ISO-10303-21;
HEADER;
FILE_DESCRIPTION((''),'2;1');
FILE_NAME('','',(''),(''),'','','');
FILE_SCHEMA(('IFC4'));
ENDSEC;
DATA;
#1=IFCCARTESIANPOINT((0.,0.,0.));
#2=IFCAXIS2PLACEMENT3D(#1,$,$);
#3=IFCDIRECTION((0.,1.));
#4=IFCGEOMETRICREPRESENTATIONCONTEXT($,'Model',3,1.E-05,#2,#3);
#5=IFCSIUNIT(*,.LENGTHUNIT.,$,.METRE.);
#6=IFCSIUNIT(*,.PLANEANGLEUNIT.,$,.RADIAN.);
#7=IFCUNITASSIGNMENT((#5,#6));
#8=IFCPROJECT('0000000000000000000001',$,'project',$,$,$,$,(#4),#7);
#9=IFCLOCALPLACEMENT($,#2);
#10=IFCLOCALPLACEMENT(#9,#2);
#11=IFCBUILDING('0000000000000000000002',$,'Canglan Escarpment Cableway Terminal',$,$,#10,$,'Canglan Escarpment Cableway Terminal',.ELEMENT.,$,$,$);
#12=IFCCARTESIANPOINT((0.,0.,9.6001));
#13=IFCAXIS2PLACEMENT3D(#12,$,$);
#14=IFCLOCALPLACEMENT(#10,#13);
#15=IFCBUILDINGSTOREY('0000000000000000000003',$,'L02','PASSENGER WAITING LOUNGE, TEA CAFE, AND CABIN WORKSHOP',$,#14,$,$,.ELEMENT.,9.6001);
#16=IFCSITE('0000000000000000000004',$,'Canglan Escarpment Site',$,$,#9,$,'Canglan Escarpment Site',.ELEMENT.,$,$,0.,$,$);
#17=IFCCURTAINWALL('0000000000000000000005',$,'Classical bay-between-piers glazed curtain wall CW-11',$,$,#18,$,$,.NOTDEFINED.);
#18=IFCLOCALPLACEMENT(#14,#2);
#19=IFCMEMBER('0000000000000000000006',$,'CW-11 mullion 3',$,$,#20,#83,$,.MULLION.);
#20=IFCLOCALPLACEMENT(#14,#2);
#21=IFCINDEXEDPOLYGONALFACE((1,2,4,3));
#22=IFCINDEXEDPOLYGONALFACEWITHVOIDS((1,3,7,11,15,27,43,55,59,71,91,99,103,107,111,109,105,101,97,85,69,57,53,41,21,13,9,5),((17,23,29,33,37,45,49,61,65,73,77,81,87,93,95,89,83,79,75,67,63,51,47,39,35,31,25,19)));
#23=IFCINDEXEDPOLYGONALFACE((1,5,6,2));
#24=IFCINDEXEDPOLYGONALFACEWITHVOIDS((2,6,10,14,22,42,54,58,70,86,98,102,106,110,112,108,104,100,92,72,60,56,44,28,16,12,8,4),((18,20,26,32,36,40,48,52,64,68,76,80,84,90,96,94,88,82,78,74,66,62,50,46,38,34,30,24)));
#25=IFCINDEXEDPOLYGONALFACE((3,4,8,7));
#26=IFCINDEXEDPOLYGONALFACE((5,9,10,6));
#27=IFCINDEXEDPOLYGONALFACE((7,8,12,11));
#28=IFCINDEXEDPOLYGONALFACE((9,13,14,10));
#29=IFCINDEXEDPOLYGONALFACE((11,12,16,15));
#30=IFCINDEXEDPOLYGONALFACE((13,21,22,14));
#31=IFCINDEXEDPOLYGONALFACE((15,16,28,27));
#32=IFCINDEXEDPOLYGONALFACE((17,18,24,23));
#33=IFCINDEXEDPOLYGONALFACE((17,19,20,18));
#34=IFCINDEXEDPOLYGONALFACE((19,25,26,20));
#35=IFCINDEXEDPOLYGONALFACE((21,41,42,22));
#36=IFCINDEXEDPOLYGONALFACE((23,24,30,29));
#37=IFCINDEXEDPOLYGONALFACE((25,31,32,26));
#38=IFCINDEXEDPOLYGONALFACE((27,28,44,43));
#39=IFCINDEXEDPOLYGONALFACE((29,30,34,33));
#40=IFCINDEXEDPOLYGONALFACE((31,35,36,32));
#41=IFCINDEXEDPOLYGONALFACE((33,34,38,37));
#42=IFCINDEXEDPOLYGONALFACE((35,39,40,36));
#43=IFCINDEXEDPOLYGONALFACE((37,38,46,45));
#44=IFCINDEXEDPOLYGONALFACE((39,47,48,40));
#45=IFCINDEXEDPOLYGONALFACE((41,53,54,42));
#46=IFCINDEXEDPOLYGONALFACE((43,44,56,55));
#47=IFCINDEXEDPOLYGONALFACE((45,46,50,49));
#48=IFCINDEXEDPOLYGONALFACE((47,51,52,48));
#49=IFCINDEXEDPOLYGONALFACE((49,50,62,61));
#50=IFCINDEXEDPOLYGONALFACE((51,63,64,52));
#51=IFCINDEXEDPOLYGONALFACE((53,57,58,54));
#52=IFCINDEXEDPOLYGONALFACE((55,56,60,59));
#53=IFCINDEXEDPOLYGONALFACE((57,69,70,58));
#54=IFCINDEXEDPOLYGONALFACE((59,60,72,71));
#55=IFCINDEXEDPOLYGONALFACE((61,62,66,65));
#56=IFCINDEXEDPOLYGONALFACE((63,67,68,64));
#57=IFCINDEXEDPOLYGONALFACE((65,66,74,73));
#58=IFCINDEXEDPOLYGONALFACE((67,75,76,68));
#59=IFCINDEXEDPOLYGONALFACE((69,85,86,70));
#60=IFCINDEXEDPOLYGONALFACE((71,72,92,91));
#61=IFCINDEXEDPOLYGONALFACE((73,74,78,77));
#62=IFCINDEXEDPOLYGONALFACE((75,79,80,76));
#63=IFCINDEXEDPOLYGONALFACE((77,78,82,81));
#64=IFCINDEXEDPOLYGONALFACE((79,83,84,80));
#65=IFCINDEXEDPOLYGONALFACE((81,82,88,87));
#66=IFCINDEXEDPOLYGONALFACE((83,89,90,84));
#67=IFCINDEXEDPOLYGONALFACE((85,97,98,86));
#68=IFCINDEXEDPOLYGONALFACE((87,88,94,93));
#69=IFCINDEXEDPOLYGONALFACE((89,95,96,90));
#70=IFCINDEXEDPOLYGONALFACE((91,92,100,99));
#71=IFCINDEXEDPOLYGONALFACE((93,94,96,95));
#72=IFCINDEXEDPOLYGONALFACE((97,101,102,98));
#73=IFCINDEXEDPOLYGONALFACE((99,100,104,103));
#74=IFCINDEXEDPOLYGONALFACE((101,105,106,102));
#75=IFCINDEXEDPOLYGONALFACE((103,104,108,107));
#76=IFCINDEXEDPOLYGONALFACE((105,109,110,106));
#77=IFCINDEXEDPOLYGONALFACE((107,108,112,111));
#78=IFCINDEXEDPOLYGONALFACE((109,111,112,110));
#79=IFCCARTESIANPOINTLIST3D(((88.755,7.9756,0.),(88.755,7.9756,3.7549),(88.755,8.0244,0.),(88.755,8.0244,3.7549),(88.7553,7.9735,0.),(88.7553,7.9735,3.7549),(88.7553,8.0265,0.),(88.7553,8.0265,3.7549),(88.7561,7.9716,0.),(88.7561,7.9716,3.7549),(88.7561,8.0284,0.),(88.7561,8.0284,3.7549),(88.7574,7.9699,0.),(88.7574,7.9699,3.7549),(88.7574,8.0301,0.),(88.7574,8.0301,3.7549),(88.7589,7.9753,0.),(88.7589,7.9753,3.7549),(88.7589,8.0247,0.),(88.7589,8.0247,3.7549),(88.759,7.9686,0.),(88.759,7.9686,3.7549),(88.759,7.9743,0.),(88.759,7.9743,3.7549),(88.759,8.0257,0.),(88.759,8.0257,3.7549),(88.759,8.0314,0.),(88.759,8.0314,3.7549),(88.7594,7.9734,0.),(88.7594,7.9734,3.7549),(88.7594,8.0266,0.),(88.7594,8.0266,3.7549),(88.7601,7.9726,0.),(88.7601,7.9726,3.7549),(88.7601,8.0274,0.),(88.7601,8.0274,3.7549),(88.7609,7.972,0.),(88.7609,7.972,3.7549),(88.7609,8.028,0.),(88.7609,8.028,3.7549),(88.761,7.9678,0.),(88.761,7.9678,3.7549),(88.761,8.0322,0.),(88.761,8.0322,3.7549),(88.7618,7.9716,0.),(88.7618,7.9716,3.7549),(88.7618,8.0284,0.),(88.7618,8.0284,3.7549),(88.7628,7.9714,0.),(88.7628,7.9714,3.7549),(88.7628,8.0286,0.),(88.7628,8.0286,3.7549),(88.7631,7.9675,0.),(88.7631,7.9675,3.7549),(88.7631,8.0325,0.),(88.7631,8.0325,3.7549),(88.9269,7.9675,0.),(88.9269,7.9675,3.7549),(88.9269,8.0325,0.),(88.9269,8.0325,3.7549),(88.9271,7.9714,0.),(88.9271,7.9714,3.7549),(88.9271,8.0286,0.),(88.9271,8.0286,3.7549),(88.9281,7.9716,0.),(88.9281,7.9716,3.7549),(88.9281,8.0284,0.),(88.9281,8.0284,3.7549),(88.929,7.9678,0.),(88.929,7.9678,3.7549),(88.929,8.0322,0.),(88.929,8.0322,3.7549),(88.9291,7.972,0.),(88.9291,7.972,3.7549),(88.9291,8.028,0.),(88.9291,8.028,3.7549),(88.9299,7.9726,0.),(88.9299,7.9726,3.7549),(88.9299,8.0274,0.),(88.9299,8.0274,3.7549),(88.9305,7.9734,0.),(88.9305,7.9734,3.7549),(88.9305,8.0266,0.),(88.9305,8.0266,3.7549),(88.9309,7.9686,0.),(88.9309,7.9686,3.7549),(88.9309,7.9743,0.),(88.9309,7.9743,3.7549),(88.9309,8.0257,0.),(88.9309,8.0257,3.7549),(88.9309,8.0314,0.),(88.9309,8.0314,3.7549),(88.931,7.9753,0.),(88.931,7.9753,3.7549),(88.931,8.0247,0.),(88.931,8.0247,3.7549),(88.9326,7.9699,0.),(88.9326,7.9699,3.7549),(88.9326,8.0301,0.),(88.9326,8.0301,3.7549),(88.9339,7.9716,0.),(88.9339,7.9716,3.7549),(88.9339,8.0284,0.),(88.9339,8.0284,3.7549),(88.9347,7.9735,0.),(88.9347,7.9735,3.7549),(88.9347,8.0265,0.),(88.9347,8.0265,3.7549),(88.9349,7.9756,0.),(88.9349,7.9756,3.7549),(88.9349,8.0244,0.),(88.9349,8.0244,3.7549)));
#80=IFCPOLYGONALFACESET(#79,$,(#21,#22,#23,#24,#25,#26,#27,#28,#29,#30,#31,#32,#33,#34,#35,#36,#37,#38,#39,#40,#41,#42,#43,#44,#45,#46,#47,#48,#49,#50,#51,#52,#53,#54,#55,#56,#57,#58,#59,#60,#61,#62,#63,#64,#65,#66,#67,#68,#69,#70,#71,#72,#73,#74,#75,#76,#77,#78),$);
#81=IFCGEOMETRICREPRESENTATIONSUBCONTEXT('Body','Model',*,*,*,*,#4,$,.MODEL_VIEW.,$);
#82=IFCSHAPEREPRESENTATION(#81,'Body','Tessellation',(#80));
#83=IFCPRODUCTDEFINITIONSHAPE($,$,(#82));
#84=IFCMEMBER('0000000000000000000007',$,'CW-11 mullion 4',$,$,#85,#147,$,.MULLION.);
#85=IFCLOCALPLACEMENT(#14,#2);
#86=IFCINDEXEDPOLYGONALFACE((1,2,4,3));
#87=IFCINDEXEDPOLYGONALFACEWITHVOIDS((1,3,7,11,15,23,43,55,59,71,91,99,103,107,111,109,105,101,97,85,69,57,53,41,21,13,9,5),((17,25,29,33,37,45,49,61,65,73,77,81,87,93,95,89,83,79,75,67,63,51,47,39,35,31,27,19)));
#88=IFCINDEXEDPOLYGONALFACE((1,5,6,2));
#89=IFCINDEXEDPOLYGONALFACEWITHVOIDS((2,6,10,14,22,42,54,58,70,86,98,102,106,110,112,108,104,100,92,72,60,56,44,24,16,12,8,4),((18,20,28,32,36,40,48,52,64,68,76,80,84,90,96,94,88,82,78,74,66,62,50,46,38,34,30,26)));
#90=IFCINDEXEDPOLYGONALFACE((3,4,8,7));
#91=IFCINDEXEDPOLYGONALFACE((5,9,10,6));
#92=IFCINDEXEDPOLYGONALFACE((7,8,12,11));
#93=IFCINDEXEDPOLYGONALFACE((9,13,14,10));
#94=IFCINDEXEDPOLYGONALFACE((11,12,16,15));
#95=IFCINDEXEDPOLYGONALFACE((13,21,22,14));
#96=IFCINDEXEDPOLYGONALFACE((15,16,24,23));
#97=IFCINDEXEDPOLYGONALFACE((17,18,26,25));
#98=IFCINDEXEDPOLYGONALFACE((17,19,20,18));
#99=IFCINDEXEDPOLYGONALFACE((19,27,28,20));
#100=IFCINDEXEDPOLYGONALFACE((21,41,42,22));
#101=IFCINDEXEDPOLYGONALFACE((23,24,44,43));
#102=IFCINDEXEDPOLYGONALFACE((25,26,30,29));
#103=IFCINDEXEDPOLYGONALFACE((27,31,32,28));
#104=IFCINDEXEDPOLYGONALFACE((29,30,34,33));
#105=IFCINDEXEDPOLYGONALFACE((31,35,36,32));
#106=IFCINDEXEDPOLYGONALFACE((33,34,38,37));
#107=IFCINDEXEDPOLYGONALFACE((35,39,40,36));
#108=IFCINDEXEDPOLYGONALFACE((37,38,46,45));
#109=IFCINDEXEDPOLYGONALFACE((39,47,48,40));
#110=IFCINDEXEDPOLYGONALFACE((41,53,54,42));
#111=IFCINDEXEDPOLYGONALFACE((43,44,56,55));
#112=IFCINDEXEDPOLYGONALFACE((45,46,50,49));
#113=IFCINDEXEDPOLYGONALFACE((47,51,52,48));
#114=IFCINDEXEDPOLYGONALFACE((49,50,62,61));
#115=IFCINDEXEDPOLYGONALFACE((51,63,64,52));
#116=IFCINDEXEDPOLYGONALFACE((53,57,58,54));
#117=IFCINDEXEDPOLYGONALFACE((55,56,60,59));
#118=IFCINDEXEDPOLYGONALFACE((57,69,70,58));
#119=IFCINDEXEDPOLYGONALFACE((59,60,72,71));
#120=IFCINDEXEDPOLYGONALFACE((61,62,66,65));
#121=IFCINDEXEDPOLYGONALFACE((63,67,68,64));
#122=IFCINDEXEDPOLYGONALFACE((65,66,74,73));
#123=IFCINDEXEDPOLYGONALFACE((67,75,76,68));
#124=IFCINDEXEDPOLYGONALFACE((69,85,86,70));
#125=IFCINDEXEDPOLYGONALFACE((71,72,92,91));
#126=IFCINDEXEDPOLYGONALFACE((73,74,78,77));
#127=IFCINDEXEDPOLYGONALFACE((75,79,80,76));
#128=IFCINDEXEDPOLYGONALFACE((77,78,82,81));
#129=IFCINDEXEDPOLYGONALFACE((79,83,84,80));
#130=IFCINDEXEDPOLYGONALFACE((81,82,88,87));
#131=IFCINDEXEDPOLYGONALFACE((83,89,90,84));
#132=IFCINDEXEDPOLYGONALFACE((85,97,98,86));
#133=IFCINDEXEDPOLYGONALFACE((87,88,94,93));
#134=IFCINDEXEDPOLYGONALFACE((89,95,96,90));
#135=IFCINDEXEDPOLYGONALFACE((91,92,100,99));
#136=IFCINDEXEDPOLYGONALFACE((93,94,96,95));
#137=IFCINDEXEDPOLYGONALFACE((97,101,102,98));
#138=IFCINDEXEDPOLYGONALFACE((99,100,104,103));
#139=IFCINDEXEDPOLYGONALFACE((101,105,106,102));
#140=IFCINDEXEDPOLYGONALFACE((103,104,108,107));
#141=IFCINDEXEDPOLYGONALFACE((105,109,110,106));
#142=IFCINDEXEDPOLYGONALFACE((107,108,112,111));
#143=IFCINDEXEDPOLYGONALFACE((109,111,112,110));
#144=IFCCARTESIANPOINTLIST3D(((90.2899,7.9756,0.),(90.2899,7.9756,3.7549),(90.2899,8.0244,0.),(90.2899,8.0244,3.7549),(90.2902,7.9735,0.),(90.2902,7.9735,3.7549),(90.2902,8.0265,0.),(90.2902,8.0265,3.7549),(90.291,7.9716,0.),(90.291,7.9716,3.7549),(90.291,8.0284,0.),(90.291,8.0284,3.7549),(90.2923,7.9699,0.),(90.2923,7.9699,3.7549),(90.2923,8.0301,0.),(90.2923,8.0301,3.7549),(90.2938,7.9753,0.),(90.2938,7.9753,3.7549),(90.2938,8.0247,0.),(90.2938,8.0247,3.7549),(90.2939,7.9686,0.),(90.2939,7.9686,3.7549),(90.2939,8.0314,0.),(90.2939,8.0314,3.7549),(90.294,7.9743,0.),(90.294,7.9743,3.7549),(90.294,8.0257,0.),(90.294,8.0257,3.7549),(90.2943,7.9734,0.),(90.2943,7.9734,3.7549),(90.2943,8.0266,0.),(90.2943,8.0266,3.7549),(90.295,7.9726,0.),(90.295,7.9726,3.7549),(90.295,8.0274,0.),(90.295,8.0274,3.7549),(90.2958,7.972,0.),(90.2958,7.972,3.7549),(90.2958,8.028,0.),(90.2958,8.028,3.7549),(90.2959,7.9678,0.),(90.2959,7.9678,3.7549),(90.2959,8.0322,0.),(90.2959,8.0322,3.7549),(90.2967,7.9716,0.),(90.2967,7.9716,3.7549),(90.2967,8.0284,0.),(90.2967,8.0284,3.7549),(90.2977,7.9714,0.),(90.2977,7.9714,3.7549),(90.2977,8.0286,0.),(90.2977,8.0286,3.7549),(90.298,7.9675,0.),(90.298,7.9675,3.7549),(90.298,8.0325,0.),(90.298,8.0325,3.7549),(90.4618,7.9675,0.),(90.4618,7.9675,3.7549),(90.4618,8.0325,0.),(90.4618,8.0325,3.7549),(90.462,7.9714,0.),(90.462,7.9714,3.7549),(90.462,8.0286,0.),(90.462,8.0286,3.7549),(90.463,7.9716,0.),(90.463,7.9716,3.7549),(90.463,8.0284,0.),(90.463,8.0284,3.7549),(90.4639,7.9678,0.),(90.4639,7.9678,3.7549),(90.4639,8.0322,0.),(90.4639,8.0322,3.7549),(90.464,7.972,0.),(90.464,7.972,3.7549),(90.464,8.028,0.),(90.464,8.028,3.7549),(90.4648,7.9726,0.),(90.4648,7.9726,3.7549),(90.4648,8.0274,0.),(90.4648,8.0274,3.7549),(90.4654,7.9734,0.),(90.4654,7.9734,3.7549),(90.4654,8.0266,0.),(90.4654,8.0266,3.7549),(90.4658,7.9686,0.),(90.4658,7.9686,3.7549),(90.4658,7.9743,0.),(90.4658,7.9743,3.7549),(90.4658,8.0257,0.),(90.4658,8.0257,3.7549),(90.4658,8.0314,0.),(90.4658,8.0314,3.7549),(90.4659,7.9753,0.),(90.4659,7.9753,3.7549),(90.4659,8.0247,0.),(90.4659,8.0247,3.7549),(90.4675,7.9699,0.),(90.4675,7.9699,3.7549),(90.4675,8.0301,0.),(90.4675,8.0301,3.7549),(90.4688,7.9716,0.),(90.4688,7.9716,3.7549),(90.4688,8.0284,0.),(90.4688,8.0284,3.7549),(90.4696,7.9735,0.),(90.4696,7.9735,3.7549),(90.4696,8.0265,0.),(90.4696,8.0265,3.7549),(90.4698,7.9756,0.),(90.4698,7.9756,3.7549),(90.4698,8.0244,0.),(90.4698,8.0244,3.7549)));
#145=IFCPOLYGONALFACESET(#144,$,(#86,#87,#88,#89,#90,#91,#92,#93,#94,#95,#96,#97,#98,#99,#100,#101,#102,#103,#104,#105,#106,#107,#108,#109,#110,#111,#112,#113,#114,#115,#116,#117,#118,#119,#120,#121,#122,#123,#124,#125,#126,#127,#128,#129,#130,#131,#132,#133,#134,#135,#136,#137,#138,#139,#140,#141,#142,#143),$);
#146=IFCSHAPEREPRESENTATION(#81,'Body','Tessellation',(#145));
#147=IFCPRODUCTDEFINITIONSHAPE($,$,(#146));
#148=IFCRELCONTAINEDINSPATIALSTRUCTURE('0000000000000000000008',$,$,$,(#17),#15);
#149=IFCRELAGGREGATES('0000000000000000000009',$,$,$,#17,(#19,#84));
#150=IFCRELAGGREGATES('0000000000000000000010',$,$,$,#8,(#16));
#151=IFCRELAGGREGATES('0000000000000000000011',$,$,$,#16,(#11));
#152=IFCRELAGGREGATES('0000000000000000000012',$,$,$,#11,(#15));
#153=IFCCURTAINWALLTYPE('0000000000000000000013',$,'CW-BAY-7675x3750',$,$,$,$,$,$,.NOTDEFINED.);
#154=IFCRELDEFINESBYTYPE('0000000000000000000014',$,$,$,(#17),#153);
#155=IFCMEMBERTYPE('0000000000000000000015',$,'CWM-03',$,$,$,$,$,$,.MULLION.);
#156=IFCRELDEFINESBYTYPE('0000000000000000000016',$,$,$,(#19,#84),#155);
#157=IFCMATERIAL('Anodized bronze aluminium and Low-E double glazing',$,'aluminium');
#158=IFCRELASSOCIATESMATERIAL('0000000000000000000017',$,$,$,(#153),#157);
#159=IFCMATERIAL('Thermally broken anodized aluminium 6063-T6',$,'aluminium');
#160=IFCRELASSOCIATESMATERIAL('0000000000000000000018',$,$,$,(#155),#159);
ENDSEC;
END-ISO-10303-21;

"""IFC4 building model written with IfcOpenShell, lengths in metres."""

from ifc_helpers import new_model, si_unit, direction, frame, origin, origin_2d, place, context, subcontext, project, spatial, hollow_rectangle, extrude, material, material_profile, profile_set, type_object, element, aggregate, save


model = new_model("IFC4")

# Units and contexts
model_context = context("Model", 3, precision=1e-05, world=origin(), true_north=direction((0.0, 1.0)))
body_context = subcontext(model_context, "Body", "Model", "MODEL_VIEW")
ifc_project = project(units=[si_unit("LENGTHUNIT", "METRE"), si_unit("PLANEANGLEUNIT", "RADIAN")], contexts=[model_context])

# Site, building, storey
site_placement = place(None, origin())
site = spatial("IfcSite", under=ifc_project, at=site_placement, Name="Canglan Escarpment Site", LongName="Canglan Escarpment Site", CompositionType="ELEMENT", RefElevation=0.0)
building_placement = place(site_placement, origin())
building = spatial("IfcBuilding", under=site, at=building_placement, Name="Canglan Escarpment Cableway Terminal", LongName="Canglan Escarpment Cableway Terminal", CompositionType="ELEMENT")
storey_placement = place(building_placement, frame((0.0, 0.0, 9.6001)))
storey = spatial("IfcBuildingStorey", under=building, at=storey_placement, Name="L02", Description="PASSENGER WAITING LOUNGE, TEA CAFE, AND CABIN WORKSHOP", CompositionType="ELEMENT", Elevation=9.6001)

# Curtain wall, members
ifc_material_1 = material(Name="Anodized bronze aluminium and Low-E double glazing", Category="aluminium")
curtain_wall_type = type_object("IfcCurtainWallType", Name="CW-BAY-7675x3750", PredefinedType="NOTDEFINED", material=ifc_material_1)
curtain_wall_placement = place(storey_placement, origin())
curtain_wall = element("IfcCurtainWall", 1, at=curtain_wall_placement, inside=storey, type_object=curtain_wall_type, Name="Classical bay-between-piers glazed curtain wall CW-11", PredefinedType="NOTDEFINED")
ifc_material_2 = material(Name="Thermally broken anodized aluminium 6063-T6", Category="aluminium")
ifc_material_profile_1 = material_profile(ifc_material_2, hollow_rectangle(XDim=0.0649, YDim=0.1799, WallThickness=0.0039, InnerFilletRadius=0.0039, OuterFilletRadius=0.0081, at=origin_2d()), Name="ALU-MULL 65x180x4")
ifc_profile_set_1 = profile_set([ifc_material_profile_1], Name="Thermally broken anodized aluminium 6063-T6")
member_type_1 = type_object("IfcMemberType", Name="CWM-03", PredefinedType="MULLION", material=ifc_profile_set_1)
member_1_placement = place(storey_placement, frame((88.845, 8.0, 0.0), z_axis=(0.0, 0.0, 1.0), x_axis=(0.0, 1.0, 0.0)))
member_1 = element("IfcMember", 2, at=member_1_placement, type_object=member_type_1, Name="CW-11 mullion 3", PredefinedType="MULLION", context=body_context, shape_type="SweptSolid", body=[
    extrude(hollow_rectangle(XDim=0.0649, YDim=0.1799, WallThickness=0.0039, InnerFilletRadius=0.0039, OuterFilletRadius=0.0081, at=origin_2d()), origin(), (0.0, 0.0, 1.0), 3.7549),
])
member_2_placement = place(storey_placement, frame((90.3799, 8.0, 0.0), z_axis=(0.0, 0.0, 1.0), x_axis=(0.0, 1.0, 0.0)))
member_2 = element("IfcMember", 3, at=member_2_placement, type_object=member_type_1, Name="CW-11 mullion 4", PredefinedType="MULLION", context=body_context, shape_type="SweptSolid", body=[
    extrude(hollow_rectangle(XDim=0.0649, YDim=0.1799, WallThickness=0.0039, InnerFilletRadius=0.0039, OuterFilletRadius=0.0081, at=origin_2d()), origin(), (0.0, 0.0, 1.0), 3.7549),
])

aggregate(curtain_wall, [member_1, member_2])

save(model, "model.ifc")
